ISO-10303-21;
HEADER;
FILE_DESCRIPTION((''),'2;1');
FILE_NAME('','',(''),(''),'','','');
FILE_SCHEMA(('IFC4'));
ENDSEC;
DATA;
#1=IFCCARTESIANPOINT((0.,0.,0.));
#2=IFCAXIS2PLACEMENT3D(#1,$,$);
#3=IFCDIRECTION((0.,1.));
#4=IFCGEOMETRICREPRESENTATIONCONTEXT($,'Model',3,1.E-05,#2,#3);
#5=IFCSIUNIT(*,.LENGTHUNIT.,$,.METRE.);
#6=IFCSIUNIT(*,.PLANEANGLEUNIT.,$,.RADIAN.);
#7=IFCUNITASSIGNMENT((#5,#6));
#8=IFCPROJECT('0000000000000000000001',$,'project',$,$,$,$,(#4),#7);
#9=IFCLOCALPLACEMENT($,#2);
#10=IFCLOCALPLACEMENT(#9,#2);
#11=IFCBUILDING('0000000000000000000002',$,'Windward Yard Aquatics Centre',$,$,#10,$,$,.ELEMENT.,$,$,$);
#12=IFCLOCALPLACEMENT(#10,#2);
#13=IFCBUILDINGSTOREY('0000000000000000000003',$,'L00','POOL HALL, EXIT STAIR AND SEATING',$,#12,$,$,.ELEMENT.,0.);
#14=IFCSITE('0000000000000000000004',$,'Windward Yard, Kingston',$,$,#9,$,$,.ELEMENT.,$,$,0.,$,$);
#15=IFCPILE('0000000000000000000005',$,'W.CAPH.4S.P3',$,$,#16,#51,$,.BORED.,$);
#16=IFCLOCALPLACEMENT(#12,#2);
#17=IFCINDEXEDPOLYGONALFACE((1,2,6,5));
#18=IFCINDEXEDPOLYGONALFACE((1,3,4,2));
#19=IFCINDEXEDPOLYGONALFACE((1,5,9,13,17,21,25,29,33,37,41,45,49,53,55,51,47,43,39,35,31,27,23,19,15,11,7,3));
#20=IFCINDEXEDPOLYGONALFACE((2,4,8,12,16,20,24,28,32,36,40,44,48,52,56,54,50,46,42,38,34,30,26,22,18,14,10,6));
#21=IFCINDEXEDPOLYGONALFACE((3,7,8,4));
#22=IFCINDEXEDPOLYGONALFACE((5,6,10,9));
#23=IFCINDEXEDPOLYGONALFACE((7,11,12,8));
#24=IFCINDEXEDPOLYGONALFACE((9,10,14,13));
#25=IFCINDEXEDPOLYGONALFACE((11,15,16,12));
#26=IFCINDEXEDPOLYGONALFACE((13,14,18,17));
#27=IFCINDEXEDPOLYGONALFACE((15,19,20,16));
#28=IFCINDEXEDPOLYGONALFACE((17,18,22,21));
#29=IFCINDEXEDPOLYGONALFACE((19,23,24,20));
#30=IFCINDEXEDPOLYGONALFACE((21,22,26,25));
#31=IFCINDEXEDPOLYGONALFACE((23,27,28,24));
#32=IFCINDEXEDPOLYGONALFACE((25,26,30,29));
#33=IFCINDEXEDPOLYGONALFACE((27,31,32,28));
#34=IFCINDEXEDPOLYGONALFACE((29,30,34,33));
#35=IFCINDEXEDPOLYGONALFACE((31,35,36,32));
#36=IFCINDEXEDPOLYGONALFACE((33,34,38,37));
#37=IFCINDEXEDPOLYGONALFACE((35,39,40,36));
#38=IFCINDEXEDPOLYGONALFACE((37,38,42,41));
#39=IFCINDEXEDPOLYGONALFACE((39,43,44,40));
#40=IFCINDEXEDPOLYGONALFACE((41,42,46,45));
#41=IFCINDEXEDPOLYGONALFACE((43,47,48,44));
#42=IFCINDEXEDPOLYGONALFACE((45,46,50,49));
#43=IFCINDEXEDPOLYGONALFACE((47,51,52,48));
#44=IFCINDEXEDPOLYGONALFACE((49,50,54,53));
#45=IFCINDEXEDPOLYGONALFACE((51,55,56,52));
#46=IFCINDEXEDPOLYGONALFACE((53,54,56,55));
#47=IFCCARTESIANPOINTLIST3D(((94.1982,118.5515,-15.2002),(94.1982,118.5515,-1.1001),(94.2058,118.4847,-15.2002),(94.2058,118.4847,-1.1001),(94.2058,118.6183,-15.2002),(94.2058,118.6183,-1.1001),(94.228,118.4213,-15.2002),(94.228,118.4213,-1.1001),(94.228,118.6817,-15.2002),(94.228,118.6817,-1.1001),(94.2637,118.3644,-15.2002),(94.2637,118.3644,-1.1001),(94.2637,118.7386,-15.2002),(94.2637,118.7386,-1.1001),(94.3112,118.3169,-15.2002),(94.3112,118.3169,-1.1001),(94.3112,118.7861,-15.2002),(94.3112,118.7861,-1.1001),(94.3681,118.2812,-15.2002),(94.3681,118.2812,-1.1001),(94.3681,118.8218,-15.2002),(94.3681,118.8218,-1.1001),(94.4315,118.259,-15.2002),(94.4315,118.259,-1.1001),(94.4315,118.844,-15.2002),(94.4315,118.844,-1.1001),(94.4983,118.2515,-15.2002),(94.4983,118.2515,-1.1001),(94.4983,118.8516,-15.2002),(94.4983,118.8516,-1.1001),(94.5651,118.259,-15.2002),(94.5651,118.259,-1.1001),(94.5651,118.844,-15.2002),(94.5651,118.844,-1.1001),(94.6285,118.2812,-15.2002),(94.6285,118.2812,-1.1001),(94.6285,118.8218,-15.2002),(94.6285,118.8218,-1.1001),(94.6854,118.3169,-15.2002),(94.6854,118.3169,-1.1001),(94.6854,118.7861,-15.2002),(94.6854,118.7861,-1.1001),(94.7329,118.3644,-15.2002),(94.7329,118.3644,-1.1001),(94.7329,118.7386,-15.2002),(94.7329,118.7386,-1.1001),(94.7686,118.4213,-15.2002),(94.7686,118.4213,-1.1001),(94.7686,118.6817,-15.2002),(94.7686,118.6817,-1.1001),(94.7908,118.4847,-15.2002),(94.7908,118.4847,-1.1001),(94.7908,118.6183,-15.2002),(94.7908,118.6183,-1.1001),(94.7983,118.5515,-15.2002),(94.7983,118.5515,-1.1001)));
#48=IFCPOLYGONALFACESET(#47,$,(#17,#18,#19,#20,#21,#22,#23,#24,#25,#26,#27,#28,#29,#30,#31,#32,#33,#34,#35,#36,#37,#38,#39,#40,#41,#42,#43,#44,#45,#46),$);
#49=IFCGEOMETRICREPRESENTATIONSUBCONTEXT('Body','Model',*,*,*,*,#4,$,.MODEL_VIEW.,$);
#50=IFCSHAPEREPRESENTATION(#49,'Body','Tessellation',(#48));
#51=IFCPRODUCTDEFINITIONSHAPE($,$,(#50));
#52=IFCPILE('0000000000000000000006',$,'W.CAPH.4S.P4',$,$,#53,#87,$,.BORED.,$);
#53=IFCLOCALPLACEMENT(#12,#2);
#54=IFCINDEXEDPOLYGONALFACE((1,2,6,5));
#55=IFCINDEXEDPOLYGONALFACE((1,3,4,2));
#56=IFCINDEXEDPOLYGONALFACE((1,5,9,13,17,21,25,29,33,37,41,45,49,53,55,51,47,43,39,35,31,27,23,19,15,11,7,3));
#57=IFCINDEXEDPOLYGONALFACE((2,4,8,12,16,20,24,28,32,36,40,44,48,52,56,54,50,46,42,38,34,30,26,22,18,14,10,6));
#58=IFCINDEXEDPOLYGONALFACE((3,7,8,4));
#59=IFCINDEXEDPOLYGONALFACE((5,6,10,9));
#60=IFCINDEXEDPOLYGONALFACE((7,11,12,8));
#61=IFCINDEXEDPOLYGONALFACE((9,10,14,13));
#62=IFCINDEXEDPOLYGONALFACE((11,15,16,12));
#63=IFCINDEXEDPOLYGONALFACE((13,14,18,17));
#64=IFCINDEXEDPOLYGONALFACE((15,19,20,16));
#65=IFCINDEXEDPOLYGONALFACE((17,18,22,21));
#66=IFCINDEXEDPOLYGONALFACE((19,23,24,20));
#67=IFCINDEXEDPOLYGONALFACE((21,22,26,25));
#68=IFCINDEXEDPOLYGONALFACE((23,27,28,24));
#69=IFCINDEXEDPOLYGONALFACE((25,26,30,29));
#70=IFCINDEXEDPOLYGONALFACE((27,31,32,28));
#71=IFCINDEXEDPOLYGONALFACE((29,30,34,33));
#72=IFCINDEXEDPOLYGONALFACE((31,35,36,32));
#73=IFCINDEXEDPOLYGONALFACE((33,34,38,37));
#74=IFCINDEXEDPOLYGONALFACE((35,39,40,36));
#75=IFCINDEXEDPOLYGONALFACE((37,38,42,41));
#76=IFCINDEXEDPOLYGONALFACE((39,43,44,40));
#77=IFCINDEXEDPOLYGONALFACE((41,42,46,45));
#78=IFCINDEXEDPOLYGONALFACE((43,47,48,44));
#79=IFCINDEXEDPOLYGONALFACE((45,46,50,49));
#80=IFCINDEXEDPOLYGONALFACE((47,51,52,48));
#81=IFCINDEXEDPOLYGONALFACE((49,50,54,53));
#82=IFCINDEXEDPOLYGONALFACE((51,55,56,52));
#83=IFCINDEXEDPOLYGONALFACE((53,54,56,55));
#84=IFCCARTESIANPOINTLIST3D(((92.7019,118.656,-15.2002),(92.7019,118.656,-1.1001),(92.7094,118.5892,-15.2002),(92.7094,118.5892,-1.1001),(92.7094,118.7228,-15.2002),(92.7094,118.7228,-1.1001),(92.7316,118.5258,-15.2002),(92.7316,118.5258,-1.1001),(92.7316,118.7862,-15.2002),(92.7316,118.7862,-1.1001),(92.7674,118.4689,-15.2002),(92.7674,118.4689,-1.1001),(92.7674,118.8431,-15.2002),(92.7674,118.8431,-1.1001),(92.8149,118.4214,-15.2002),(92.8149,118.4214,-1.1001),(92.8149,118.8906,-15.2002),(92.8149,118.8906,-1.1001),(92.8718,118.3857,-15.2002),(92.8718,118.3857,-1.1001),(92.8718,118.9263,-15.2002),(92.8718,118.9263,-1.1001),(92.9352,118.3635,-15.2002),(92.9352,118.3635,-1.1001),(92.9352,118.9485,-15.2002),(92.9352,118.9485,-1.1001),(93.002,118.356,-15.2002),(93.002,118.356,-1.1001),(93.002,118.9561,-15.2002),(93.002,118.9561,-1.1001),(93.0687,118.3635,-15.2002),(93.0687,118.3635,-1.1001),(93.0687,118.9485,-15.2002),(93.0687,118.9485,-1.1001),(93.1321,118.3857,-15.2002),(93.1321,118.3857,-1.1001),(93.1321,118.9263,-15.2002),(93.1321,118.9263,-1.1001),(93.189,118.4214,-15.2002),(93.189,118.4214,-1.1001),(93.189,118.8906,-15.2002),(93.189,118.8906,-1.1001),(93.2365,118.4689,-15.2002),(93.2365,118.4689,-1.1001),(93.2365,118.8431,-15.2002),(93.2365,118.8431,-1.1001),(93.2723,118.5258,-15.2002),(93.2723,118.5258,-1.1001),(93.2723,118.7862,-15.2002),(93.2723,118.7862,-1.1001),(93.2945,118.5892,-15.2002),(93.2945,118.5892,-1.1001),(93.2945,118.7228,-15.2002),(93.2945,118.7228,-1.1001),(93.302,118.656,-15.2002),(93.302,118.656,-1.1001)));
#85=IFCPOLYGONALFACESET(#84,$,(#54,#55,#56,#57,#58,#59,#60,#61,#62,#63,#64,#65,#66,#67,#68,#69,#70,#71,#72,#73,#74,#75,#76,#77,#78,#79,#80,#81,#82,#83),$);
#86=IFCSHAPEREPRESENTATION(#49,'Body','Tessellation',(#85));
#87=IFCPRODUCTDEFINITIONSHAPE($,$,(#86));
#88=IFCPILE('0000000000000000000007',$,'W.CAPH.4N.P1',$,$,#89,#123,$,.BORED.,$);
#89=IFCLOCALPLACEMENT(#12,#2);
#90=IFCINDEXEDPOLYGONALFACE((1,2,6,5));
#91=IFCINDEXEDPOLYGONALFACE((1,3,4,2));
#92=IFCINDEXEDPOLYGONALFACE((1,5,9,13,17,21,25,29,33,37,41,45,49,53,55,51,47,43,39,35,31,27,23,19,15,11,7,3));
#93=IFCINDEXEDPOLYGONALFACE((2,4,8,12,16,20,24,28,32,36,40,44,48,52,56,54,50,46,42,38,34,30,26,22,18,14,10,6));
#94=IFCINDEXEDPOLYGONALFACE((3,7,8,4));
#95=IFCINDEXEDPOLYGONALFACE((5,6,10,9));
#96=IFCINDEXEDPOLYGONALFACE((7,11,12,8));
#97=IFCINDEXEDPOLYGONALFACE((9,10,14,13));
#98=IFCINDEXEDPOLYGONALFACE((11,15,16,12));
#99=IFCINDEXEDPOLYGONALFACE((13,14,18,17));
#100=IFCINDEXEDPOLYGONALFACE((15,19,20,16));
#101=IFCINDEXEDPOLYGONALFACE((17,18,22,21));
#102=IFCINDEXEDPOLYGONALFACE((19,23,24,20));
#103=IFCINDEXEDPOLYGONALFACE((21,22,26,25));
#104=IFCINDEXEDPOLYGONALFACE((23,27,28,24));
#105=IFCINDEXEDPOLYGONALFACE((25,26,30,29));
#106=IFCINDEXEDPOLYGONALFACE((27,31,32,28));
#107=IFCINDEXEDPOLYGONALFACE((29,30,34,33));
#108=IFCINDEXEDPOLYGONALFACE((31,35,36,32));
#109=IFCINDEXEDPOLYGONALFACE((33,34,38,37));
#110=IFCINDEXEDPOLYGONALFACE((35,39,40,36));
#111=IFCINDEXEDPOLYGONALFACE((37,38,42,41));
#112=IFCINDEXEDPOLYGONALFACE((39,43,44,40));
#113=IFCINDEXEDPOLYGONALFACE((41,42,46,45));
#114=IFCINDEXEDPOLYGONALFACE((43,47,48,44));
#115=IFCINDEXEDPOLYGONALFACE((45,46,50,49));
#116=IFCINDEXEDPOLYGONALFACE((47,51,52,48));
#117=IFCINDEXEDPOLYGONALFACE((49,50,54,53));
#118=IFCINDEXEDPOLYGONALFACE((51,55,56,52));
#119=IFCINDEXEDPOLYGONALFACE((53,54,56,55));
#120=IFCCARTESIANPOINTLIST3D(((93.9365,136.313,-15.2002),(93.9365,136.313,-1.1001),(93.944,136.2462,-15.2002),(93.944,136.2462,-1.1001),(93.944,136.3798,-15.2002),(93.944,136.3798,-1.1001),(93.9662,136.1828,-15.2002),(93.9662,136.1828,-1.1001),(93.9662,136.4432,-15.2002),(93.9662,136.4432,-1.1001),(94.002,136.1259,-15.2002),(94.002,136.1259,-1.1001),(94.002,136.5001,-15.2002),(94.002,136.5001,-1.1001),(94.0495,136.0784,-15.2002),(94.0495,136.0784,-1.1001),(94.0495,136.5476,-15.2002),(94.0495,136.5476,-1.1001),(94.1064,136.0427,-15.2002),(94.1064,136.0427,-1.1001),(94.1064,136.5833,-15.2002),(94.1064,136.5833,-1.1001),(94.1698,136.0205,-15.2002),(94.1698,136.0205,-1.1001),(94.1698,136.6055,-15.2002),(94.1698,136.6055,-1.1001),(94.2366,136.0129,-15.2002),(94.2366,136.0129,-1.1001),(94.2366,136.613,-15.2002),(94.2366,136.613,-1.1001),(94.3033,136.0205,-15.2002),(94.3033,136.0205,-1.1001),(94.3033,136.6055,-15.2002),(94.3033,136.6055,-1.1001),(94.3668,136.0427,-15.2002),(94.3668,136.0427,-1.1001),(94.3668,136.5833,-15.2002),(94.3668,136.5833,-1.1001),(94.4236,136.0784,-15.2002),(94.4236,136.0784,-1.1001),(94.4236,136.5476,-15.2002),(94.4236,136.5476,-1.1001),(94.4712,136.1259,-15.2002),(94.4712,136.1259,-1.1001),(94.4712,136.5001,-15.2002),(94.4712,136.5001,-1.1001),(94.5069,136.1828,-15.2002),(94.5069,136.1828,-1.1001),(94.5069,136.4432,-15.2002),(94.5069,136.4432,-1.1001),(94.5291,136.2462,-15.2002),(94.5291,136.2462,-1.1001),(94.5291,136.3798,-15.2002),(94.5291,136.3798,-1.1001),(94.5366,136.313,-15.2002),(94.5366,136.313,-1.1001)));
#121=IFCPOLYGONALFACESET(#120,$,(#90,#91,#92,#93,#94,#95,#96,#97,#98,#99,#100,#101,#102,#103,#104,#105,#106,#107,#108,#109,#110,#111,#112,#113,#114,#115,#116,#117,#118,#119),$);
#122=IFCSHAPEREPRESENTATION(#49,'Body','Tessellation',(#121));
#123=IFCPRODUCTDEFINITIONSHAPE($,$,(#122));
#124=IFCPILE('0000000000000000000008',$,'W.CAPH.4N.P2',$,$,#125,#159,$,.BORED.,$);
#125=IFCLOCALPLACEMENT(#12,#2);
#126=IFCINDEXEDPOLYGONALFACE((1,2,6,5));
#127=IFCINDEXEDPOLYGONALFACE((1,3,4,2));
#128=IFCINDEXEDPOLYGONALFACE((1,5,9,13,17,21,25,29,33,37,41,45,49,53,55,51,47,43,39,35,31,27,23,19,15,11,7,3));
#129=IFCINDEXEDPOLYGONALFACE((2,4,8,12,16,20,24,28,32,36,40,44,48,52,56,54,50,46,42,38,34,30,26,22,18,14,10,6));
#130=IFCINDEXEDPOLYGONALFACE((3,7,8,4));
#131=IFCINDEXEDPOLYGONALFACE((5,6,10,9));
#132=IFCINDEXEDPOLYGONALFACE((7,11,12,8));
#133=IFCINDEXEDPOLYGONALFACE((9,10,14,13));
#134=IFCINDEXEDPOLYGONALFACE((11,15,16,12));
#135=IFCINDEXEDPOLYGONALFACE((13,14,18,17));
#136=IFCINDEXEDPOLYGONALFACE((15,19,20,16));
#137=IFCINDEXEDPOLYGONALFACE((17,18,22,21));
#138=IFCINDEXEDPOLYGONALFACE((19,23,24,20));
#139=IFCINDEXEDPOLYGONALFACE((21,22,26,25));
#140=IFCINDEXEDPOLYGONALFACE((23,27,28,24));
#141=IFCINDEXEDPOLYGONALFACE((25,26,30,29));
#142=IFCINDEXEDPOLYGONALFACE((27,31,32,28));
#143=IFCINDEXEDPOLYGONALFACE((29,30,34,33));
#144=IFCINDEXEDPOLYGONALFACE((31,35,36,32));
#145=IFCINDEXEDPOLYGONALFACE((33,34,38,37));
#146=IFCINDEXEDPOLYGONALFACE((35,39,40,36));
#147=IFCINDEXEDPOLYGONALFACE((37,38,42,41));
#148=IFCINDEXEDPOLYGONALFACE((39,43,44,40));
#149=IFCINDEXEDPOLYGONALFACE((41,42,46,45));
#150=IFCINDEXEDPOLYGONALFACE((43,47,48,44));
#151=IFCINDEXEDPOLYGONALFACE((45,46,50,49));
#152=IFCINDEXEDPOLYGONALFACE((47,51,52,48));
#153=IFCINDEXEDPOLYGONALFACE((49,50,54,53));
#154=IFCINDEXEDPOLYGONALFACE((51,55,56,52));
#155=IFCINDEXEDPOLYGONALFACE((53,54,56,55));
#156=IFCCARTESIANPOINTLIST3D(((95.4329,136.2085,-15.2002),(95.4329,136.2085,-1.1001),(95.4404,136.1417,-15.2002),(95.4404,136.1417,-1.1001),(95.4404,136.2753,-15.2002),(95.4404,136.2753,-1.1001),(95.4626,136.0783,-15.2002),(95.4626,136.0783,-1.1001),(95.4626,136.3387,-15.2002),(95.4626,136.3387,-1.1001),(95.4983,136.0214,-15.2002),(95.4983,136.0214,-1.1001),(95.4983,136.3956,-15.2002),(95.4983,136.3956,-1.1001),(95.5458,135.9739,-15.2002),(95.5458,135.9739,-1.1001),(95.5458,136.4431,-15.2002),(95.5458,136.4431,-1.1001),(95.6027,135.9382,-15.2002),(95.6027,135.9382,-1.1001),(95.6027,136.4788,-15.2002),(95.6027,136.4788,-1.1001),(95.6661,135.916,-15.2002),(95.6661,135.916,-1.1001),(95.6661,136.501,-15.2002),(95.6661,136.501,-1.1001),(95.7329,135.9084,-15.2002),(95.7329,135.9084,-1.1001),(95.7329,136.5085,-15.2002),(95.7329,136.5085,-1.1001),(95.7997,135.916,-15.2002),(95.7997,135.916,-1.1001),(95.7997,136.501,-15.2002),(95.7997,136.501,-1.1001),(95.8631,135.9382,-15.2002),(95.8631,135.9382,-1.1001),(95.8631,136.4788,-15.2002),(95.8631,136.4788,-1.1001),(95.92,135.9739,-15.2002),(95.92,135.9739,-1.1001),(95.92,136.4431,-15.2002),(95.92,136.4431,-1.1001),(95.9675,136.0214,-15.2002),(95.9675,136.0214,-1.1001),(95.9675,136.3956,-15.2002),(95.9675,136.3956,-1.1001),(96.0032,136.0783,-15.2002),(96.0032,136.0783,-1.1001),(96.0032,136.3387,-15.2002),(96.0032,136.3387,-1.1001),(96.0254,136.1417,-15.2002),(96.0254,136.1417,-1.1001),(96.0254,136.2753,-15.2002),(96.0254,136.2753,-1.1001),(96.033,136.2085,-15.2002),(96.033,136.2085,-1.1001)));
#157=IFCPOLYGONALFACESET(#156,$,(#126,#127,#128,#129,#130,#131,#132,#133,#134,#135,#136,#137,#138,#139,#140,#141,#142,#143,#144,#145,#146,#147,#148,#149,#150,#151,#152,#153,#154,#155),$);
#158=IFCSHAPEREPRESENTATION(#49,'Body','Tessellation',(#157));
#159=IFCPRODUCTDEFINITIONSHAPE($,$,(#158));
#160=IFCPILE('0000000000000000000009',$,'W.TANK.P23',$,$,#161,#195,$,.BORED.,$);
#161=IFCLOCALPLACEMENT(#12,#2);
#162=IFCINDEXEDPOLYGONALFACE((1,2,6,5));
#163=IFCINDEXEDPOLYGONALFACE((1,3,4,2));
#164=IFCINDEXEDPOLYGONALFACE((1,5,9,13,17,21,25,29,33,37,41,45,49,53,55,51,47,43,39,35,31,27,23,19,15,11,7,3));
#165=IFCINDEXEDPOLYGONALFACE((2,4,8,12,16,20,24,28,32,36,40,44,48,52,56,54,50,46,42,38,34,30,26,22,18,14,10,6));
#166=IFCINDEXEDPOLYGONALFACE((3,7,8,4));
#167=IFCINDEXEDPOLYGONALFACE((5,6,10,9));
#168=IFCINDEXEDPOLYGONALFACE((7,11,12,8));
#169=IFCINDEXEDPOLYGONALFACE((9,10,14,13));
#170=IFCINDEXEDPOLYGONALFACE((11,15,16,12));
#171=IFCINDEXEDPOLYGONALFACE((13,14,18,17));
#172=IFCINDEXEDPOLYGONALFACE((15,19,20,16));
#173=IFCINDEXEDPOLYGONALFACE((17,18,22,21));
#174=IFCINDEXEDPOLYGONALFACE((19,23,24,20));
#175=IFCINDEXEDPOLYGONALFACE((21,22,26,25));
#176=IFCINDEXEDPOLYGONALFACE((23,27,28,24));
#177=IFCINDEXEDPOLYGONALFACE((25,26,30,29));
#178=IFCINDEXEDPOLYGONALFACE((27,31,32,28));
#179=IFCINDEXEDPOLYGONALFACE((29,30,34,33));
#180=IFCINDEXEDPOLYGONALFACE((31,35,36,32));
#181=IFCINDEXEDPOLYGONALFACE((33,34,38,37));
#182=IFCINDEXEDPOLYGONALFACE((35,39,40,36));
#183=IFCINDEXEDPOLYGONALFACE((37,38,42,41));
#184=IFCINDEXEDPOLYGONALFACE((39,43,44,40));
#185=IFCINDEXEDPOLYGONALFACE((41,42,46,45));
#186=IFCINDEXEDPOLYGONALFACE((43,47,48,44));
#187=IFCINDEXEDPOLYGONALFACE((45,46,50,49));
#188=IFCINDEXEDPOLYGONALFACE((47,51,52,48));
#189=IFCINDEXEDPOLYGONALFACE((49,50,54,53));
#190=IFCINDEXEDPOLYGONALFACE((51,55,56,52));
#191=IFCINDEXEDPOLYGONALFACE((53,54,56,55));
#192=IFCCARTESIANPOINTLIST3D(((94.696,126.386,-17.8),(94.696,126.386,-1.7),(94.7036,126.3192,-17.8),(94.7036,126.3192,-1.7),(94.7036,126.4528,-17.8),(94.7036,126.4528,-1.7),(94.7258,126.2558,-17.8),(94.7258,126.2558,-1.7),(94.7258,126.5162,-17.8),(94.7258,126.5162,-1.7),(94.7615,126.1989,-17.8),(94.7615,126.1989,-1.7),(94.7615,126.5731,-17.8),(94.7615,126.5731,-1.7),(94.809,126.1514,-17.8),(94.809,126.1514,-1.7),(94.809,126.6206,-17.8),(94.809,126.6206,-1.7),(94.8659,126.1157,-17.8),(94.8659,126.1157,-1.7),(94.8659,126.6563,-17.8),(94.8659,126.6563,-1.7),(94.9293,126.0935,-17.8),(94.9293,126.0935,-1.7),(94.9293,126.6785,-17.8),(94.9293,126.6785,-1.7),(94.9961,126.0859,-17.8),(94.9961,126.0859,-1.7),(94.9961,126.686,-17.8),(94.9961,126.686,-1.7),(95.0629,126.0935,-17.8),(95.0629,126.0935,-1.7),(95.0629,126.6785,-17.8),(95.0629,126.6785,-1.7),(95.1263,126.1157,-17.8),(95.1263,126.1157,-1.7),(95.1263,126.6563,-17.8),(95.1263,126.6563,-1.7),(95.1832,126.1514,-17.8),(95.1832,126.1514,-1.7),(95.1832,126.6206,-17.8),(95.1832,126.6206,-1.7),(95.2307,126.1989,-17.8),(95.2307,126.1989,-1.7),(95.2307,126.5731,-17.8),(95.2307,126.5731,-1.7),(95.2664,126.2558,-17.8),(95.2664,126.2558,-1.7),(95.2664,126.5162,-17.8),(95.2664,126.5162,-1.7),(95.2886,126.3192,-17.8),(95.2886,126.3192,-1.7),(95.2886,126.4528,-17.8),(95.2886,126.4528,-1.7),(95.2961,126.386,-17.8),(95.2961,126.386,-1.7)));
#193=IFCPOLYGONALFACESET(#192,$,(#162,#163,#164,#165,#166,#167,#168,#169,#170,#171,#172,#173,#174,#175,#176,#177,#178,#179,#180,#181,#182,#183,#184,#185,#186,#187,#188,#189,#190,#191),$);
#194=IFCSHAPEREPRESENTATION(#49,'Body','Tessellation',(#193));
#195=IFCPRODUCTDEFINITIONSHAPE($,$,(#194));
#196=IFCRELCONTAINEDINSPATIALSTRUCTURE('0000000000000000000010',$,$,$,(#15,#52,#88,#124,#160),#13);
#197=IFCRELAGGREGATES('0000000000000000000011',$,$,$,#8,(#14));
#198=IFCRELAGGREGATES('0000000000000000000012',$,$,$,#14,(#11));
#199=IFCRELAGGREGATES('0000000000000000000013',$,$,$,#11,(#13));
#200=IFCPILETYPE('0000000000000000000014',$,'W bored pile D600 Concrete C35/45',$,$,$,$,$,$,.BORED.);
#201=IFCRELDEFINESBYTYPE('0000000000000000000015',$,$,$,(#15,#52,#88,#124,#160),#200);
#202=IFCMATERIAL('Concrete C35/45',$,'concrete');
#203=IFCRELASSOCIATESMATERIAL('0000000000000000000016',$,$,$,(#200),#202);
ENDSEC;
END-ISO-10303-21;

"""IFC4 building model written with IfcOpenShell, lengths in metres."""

from ifc_helpers import new_model, si_unit, direction, frame, origin, origin_2d, place, context, subcontext, project, spatial, circle, extrude, material, material_profile, profile_set, type_object, element, save


model = new_model("IFC4")

# Units and contexts
model_context = context("Model", 3, precision=1e-05, world=origin(), true_north=direction((0.0, 1.0)))
body_context = subcontext(model_context, "Body", "Model", "MODEL_VIEW")
ifc_project = project(units=[si_unit("LENGTHUNIT", "METRE"), si_unit("PLANEANGLEUNIT", "RADIAN")], contexts=[model_context])

# Site, building, storey
site_placement = place(None, origin())
site = spatial("IfcSite", under=ifc_project, at=site_placement, Name="Windward Yard, Kingston", CompositionType="ELEMENT", RefElevation=0.0)
building_placement = place(site_placement, origin())
building = spatial("IfcBuilding", under=site, at=building_placement, Name="Windward Yard Aquatics Centre", CompositionType="ELEMENT")
storey_placement = place(building_placement, origin())
storey = spatial("IfcBuildingStorey", under=building, at=storey_placement, Name="L00", Description="POOL HALL, EXIT STAIR AND SEATING", CompositionType="ELEMENT", Elevation=0.0)

# Piles
ifc_material_1 = material(Name="Concrete C35/45", Category="concrete")
ifc_material_profile_1 = material_profile(ifc_material_1, circle(Radius=0.3, at=origin_2d()), Name="D600")
ifc_profile_set_1 = profile_set([ifc_material_profile_1], Name="Concrete C35/45")
pile_type = type_object("IfcPileType", Name="W bored pile D600 Concrete C35/45", PredefinedType="BORED", material=ifc_profile_set_1)
for number, where, z_axis, x_axis, name in (
    (1, (94.4983, 118.5515, -1.1001), (0.0, 0.0, -1.0), (1.0, 0.0, 0.0), "W.CAPH.4S.P3"),
    (2, (93.002, 118.656, -1.1001), (0.0, 0.0, -1.0), (1.0, 0.0, 0.0), "W.CAPH.4S.P4"),
    (3, (94.2366, 136.313, -1.1001), (0.0, 0.0, -1.0), (1.0, 0.0, 0.0), "W.CAPH.4N.P1"),
    (4, (95.7329, 136.2085, -1.1001), (0.0, 0.0, -1.0), (1.0, 0.0, 0.0), "W.CAPH.4N.P2"),
):
    element("IfcPile", number, at=place(storey_placement, frame(where, z_axis=z_axis, x_axis=x_axis)), inside=storey, type_object=pile_type, Name=name, PredefinedType="BORED", context=body_context, shape_type="SweptSolid", body=[
        extrude(circle(Radius=0.3, at=origin_2d()), origin(), (0.0, 0.0, 1.0), 14.1001),
    ])
for number, where, z_axis, x_axis, name in (
    (5, (94.9961, 126.386, -1.7), (0.0, 0.0, -1.0), (1.0, 0.0, 0.0), "W.TANK.P23"),
):
    element("IfcPile", number, at=place(storey_placement, frame(where, z_axis=z_axis, x_axis=x_axis)), inside=storey, type_object=pile_type, Name=name, PredefinedType="BORED", context=body_context, shape_type="SweptSolid", body=[
        extrude(circle(Radius=0.3, at=origin_2d()), origin(), (0.0, 0.0, 1.0), 16.1001),
    ])

save(model, "model.ifc")
